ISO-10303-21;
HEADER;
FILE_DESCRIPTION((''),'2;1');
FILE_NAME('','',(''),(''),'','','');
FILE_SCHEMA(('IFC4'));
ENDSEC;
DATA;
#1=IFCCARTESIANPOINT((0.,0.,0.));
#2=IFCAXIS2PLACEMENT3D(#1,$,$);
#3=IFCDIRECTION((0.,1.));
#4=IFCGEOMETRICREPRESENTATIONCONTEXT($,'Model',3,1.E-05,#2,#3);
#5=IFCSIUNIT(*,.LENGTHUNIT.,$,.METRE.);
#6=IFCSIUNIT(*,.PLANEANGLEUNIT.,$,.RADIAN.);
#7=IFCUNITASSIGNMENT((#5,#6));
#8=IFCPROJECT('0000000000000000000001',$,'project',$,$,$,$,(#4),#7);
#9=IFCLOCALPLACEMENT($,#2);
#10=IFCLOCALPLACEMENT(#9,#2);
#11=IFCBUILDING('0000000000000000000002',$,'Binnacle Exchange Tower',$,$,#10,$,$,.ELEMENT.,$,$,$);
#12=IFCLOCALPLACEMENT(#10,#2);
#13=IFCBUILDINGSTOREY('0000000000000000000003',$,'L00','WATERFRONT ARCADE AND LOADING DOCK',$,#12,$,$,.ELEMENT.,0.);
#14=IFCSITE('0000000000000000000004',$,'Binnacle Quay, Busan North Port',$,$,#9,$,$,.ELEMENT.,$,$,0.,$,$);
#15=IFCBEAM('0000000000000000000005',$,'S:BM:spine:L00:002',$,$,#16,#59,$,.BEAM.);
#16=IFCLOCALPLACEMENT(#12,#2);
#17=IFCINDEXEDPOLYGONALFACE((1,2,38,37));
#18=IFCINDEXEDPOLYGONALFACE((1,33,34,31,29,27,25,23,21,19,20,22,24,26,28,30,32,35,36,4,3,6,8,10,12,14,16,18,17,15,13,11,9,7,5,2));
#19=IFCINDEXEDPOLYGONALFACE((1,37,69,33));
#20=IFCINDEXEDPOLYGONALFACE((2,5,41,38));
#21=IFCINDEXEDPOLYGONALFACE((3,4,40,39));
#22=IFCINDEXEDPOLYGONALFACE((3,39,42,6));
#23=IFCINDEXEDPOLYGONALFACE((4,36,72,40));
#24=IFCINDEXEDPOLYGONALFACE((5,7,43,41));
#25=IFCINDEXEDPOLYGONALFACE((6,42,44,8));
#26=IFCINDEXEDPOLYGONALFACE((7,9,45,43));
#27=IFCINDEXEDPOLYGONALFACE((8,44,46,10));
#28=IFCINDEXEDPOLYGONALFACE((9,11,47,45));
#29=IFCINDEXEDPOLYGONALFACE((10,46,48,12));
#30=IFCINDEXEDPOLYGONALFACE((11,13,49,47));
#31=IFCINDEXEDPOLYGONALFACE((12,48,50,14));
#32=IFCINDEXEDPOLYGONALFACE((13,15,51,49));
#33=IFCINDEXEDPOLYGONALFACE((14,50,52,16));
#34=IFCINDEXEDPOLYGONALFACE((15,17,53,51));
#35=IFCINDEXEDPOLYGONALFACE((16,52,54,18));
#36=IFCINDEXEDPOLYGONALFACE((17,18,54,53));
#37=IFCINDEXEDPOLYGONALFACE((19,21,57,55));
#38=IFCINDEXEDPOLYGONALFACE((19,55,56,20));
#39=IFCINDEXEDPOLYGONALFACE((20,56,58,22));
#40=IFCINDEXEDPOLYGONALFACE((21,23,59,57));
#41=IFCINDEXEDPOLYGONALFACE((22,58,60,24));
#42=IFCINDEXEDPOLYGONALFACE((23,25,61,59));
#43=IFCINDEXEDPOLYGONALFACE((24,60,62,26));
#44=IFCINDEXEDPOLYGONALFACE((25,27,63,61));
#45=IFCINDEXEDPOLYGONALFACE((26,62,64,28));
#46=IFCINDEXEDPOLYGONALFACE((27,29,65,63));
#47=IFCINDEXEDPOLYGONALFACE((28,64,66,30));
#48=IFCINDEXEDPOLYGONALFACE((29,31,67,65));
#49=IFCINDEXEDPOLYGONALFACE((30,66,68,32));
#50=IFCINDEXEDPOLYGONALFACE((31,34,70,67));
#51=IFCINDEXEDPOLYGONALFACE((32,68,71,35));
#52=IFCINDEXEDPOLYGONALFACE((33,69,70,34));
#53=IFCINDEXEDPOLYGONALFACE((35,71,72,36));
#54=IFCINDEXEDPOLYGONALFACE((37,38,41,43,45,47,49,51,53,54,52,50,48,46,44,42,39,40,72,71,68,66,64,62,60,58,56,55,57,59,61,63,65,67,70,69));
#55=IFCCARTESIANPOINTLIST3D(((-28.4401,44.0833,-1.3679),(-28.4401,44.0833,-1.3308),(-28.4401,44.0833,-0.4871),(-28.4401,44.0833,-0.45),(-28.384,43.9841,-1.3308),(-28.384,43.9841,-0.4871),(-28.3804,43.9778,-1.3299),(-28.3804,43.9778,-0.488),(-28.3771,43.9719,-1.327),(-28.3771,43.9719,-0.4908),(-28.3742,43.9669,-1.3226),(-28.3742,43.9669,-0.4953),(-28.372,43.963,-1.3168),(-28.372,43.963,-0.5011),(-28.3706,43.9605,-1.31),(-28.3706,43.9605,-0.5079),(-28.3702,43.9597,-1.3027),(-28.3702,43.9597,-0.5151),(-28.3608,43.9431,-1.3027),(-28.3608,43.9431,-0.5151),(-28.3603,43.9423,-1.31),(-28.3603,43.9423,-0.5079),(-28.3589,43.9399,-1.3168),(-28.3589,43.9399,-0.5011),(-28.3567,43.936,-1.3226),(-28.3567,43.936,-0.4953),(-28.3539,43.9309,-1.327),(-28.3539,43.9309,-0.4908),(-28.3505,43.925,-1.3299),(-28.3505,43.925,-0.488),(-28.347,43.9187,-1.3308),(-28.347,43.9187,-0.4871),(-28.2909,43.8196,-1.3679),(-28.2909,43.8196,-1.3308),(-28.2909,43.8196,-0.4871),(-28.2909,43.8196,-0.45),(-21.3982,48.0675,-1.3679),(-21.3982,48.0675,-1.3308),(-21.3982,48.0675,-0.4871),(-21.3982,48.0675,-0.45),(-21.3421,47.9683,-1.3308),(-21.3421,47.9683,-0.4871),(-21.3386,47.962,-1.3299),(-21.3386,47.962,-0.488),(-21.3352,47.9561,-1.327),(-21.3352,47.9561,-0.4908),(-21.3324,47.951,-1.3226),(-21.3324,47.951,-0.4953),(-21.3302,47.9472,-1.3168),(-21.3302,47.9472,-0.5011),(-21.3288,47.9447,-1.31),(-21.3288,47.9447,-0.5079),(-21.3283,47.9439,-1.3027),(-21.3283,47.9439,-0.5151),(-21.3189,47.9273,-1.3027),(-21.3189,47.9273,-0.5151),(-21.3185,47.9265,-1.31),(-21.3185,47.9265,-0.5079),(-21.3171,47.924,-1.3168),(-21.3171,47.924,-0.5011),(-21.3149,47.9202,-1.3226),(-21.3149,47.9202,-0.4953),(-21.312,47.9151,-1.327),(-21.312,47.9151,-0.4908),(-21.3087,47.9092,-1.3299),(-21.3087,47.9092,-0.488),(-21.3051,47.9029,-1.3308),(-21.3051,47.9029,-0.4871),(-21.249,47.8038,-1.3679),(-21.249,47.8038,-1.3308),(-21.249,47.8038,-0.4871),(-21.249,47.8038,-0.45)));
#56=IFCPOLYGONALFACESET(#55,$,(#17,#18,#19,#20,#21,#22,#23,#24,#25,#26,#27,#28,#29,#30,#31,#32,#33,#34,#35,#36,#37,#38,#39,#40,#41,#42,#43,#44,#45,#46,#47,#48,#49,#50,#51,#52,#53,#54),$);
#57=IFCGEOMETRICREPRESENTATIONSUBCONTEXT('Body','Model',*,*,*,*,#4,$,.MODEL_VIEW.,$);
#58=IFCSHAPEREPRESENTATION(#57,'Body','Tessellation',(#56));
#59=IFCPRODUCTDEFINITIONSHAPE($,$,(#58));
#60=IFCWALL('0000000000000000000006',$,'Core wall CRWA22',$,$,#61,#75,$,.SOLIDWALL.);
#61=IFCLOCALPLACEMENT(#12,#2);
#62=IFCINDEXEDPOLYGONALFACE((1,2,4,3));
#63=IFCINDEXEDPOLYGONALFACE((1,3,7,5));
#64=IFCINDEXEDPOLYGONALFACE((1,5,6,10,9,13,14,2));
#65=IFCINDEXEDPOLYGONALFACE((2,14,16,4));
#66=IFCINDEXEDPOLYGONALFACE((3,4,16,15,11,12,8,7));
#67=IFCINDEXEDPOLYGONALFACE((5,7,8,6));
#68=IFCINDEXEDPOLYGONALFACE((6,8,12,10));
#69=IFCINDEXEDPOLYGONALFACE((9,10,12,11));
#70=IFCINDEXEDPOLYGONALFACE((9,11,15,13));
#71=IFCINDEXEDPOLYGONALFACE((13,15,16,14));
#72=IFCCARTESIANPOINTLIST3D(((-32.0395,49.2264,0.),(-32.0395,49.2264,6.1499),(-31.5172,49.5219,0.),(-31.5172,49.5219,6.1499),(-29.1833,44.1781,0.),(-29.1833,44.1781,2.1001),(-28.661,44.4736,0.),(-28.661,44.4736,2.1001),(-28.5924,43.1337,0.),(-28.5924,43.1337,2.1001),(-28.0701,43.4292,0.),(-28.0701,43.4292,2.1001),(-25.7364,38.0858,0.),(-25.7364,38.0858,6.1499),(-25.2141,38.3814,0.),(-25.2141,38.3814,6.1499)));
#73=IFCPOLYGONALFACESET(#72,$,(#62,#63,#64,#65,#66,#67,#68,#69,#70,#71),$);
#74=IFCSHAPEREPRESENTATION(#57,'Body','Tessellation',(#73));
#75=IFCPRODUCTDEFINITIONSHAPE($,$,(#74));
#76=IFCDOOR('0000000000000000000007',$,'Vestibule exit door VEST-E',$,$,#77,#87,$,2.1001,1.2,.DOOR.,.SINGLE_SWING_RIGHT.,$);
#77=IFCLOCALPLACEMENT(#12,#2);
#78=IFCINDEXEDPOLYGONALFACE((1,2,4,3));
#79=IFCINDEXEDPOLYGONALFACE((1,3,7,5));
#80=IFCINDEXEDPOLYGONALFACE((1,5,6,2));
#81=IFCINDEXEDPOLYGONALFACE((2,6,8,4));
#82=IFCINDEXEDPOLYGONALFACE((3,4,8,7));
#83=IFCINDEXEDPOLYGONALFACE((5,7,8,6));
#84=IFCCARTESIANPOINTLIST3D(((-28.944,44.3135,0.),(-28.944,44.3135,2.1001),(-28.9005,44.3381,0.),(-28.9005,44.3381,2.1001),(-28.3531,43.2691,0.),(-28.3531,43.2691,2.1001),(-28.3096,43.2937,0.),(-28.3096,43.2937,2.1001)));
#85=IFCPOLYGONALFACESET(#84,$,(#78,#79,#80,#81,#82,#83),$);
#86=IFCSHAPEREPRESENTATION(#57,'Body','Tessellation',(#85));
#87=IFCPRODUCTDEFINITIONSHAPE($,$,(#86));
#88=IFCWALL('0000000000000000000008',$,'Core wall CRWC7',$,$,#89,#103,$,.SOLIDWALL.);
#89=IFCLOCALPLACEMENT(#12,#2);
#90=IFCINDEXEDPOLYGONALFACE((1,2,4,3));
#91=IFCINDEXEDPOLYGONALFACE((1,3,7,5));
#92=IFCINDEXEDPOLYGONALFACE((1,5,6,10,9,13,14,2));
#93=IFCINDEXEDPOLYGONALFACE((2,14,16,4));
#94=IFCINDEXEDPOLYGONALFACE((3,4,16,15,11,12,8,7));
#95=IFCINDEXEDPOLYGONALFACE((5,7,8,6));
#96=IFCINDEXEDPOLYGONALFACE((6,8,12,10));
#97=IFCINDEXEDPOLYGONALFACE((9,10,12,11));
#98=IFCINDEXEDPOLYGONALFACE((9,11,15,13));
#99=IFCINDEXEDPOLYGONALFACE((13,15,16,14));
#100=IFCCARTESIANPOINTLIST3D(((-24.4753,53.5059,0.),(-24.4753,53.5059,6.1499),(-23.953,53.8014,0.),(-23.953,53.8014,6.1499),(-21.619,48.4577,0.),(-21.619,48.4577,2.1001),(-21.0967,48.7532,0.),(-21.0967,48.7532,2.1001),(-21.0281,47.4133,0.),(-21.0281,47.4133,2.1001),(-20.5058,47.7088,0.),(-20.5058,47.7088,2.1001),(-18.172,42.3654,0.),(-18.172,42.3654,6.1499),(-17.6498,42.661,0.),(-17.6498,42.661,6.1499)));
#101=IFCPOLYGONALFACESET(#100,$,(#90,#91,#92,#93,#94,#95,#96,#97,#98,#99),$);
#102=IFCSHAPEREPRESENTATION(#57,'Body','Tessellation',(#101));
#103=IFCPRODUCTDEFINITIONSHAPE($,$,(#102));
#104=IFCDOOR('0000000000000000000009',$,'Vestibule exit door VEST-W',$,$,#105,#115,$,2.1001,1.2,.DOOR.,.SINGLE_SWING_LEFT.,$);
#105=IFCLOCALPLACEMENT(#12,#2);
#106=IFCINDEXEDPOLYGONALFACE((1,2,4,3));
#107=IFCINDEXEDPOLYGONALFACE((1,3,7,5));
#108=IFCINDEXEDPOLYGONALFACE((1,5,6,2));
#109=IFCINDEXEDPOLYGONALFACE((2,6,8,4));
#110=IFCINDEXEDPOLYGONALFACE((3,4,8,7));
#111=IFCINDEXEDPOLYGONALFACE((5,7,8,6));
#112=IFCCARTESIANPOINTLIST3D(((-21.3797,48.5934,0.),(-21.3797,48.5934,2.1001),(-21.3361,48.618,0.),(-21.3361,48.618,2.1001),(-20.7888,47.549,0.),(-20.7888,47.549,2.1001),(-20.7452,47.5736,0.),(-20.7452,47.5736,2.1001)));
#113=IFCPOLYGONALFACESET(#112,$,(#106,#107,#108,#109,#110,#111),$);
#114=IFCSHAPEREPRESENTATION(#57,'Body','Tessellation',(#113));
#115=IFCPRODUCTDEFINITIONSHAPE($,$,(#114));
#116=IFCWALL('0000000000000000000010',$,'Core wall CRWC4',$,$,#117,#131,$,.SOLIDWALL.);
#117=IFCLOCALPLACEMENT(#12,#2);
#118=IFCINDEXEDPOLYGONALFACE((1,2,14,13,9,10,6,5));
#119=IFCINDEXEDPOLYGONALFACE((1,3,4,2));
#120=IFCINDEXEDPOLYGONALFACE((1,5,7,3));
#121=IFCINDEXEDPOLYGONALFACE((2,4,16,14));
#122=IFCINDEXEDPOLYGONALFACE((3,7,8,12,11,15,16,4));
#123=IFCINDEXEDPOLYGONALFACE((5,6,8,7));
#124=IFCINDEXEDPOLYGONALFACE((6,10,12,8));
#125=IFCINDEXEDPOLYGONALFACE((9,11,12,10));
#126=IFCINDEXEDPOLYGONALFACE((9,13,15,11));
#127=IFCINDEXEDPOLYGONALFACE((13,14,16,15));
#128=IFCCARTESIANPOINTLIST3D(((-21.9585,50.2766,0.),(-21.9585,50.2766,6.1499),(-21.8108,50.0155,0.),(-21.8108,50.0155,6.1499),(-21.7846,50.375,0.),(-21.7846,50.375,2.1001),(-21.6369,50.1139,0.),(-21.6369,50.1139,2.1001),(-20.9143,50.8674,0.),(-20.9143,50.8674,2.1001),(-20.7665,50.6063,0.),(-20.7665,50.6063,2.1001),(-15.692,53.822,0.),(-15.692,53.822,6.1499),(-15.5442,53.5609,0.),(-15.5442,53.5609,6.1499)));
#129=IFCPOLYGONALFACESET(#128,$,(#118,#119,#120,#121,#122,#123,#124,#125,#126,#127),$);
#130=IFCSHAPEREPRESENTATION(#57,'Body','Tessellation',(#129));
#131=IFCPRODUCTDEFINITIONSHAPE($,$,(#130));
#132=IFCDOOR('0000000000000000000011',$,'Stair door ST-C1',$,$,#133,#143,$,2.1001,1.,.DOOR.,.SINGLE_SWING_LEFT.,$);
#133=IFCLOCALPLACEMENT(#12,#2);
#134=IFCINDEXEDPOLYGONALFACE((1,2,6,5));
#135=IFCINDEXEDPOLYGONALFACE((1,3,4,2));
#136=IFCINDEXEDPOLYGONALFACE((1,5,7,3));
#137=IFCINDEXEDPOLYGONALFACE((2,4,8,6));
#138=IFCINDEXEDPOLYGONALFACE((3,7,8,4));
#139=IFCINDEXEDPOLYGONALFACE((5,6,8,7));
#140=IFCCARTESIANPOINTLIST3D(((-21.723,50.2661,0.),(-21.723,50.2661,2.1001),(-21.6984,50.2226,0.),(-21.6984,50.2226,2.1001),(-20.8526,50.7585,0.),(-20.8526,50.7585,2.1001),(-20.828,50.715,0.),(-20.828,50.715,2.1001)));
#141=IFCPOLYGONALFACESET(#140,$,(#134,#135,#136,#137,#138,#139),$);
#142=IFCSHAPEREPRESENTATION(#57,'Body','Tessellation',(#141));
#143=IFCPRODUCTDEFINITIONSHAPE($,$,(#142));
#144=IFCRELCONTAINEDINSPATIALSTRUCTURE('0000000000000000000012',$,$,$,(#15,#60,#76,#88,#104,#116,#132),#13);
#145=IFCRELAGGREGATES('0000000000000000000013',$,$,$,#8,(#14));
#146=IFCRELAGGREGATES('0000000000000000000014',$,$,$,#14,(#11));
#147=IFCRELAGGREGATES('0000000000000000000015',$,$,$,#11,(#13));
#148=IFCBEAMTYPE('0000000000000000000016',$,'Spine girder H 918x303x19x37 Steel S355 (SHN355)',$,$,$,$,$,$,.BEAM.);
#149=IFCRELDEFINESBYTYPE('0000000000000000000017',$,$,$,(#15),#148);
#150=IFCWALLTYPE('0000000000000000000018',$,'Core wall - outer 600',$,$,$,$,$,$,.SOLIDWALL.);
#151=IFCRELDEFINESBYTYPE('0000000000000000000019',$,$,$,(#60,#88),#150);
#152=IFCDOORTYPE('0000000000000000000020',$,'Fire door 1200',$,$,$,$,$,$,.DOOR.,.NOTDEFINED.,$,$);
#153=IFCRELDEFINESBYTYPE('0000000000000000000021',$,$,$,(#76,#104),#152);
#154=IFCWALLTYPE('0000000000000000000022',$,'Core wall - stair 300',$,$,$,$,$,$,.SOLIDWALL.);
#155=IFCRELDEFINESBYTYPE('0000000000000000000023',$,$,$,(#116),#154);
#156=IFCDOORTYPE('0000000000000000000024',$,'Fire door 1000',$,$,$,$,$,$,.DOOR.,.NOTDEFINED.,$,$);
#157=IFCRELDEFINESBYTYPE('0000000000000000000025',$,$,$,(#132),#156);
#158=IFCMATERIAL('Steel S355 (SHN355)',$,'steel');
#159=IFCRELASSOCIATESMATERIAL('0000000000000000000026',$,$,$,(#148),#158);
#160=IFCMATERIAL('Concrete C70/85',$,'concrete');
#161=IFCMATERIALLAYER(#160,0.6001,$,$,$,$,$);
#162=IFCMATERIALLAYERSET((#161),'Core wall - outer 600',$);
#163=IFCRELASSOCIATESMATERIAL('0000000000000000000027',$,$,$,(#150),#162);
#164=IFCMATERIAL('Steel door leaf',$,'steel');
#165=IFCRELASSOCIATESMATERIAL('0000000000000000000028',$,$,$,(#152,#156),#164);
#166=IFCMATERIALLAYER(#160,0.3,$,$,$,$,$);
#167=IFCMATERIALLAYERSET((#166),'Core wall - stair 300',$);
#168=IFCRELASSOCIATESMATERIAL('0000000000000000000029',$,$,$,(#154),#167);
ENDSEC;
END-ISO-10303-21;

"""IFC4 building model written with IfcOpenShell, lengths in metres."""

from ifc_helpers import new_model, si_unit, direction, frame, frame_2d, origin, origin_2d, place, context, subcontext, project, spatial, rectangle, i_section, extrude, material, layer, layer_set, material_profile, profile_set, type_object, element, fill, save


model = new_model("IFC4")

# Units and contexts
model_context = context("Model", 3, precision=1e-05, world=origin(), true_north=direction((0.0, 1.0)))
body_context = subcontext(model_context, "Body", "Model", "MODEL_VIEW")
ifc_project = project(units=[si_unit("LENGTHUNIT", "METRE"), si_unit("PLANEANGLEUNIT", "RADIAN")], contexts=[model_context])

# Site, building, storey
site_placement = place(None, origin())
site = spatial("IfcSite", under=ifc_project, at=site_placement, Name="Binnacle Quay, Busan North Port", CompositionType="ELEMENT", RefElevation=0.0)
building_placement = place(site_placement, origin())
building = spatial("IfcBuilding", under=site, at=building_placement, Name="Binnacle Exchange Tower", CompositionType="ELEMENT")
storey_placement = place(building_placement, origin())
storey = spatial("IfcBuildingStorey", under=building, at=storey_placement, Name="L00", Description="WATERFRONT ARCADE AND LOADING DOCK", CompositionType="ELEMENT", Elevation=0.0)

# Beam
ifc_material_1 = material(Name="Steel S355 (SHN355)", Category="steel")
ifc_material_profile = material_profile(ifc_material_1, i_section(OverallWidth=0.303, OverallDepth=0.918, WebThickness=0.019, FlangeThickness=0.0371, FilletRadius=0.0281, at=origin_2d()), Name="H 918x303x19x37")
ifc_profile_set = profile_set([ifc_material_profile], Name="Steel S355 (SHN355)")
beam_type = type_object("IfcBeamType", Name="Spine girder H 918x303x19x37 Steel S355 (SHN355)", PredefinedType="BEAM", material=ifc_profile_set)
beam_placement = place(storey_placement, frame((-28.3655, 43.9514, -0.9089), z_axis=(0.87035, 0.492433, 0.0), x_axis=(-0.492433, 0.87035, 0.0)))
element("IfcBeam", 1, at=beam_placement, inside=storey, type_object=beam_type, Name="S:BM:spine:L00:002", PredefinedType="BEAM", context=body_context, shape_type="SweptSolid", body=[
    extrude(i_section(OverallWidth=0.303, OverallDepth=0.918, WebThickness=0.019, FlangeThickness=0.0371, FilletRadius=0.0281, at=origin_2d()), origin(), (0.0, 0.0, 1.0), 8.0908),
])

# Walls, openings, doors
ifc_material_2 = material(Name="Concrete C70/85", Category="concrete")
ifc_layer_1 = layer(ifc_material_2, 0.6001)
ifc_layer_set_1 = layer_set([ifc_layer_1], Name="Core wall - outer 600")
wall_type_1 = type_object("IfcWallType", Name="Core wall - outer 600", PredefinedType="SOLIDWALL", material=ifc_layer_set_1)
wall_1_placement = place(storey_placement, frame((-31.7783, 49.374, 0.0), z_axis=(0.0, 0.0, 1.0), x_axis=(0.492433, -0.87035, 0.0)))
wall_1 = element("IfcWall", 2, at=wall_1_placement, inside=storey, type_object=wall_type_1, Name="Core wall CRWA22", PredefinedType="SOLIDWALL", context=body_context, shape_type="SweptSolid", body=[
    extrude(rectangle(XDim=12.8, YDim=0.6001, at=frame_2d((6.3999, 0.0))), origin(), (0.0, 0.0, 1.0), 6.1499),
])
opening_1_placement = place(wall_1_placement, frame((5.8, 0.0, 0.0)))
opening_1 = element("IfcOpeningElement", 3, at=opening_1_placement, cuts=wall_1, PredefinedType="OPENING", context=body_context, shape_type="SweptSolid", body=[
    extrude(rectangle(XDim=1.2, YDim=2.1001, at=frame_2d((0.6001, 1.05))), frame((0.0, 0.3101, 0.0), z_axis=(0.0, -1.0, 0.0), x_axis=(1.0, 0.0, 0.0)), (0.0, 0.0, 1.0), 0.6201),
])
ifc_material_3 = material(Name="Steel door leaf", Category="steel")
door_type_1 = type_object("IfcDoorType", Name="Fire door 1200", OperationType="NOTDEFINED", PredefinedType="DOOR", material=ifc_material_3)
door_1_placement = place(opening_1_placement, origin())
door_1 = element("IfcDoor", 4, at=door_1_placement, inside=storey, type_object=door_type_1, Name="Vestibule exit door VEST-E", OperationType="SINGLE_SWING_RIGHT", OverallHeight=2.1001, OverallWidth=1.2, PredefinedType="DOOR", context=body_context, shape_type="SweptSolid", body=[
    extrude(rectangle(XDim=1.2, YDim=2.1001, at=frame_2d((0.6001, 1.05))), frame((0.0, 0.0249, 0.0), z_axis=(0.0, -1.0, 0.0), x_axis=(1.0, 0.0, 0.0)), (0.0, 0.0, 1.0), 0.05),
])
fill(opening_1, door_1)
wall_2_placement = place(storey_placement, frame((-24.2141, 53.6536, 0.0), z_axis=(0.0, 0.0, 1.0), x_axis=(0.492441, -0.870346, 0.0)))
wall_2 = element("IfcWall", 5, at=wall_2_placement, inside=storey, type_object=wall_type_1, Name="Core wall CRWC7", PredefinedType="SOLIDWALL", context=body_context, shape_type="SweptSolid", body=[
    extrude(rectangle(XDim=12.8, YDim=0.6001, at=frame_2d((6.3999, 0.0))), origin(), (0.0, 0.0, 1.0), 6.1499),
])
opening_2_placement = place(wall_2_placement, frame((5.8, 0.0, 0.0)))
opening_2 = element("IfcOpeningElement", 6, at=opening_2_placement, cuts=wall_2, PredefinedType="OPENING", context=body_context, shape_type="SweptSolid", body=[
    extrude(rectangle(XDim=1.2, YDim=2.1001, at=frame_2d((0.6001, 1.05))), frame((0.0, 0.3101, 0.0), z_axis=(0.0, -1.0, 0.0), x_axis=(1.0, 0.0, 0.0)), (0.0, 0.0, 1.0), 0.6201),
])
door_2_placement = place(opening_2_placement, frame((1.2, 0.0, 0.0), z_axis=(0.0, 0.0, 1.0), x_axis=(-1.0, 0.0, 0.0)))
door_2 = element("IfcDoor", 7, at=door_2_placement, inside=storey, type_object=door_type_1, Name="Vestibule exit door VEST-W", OperationType="SINGLE_SWING_LEFT", OverallHeight=2.1001, OverallWidth=1.2, PredefinedType="DOOR", context=body_context, shape_type="SweptSolid", body=[
    extrude(rectangle(XDim=1.2, YDim=2.1001, at=frame_2d((0.6001, 1.05))), frame((0.0, 0.0249, 0.0), z_axis=(0.0, -1.0, 0.0), x_axis=(1.0, 0.0, 0.0)), (0.0, 0.0, 1.0), 0.05),
])
fill(opening_2, door_2)
ifc_layer_2 = layer(ifc_material_2, 0.3)
ifc_layer_set_2 = layer_set([ifc_layer_2], Name="Core wall - stair 300")
wall_type_2 = type_object("IfcWallType", Name="Core wall - stair 300", PredefinedType="SOLIDWALL", material=ifc_layer_set_2)
wall_3_placement = place(storey_placement, frame((-21.8848, 50.146, 0.0), z_axis=(0.0, 0.0, 1.0), x_axis=(0.870359, 0.492417, 0.0)))
wall_3 = element("IfcWall", 8, at=wall_3_placement, inside=storey, type_object=wall_type_2, Name="Core wall CRWC4", PredefinedType="SOLIDWALL", context=body_context, shape_type="SweptSolid", body=[
    extrude(rectangle(XDim=7.2, YDim=0.3, at=frame_2d((3.6001, 0.0))), origin(), (0.0, 0.0, 1.0), 6.1499),
])
opening_3_placement = place(wall_3_placement, frame((0.2, 0.0, 0.0)))
opening_3 = element("IfcOpeningElement", 9, at=opening_3_placement, cuts=wall_3, PredefinedType="OPENING", context=body_context, shape_type="SweptSolid", body=[
    extrude(rectangle(XDim=1.0, YDim=2.1001, at=frame_2d((0.5, 1.05))), frame((0.0, 0.1599, 0.0), z_axis=(0.0, -1.0, 0.0), x_axis=(1.0, 0.0, 0.0)), (0.0, 0.0, 1.0), 0.3201),
])
door_type_2 = type_object("IfcDoorType", Name="Fire door 1000", OperationType="NOTDEFINED", PredefinedType="DOOR", material=ifc_material_3)
door_3_placement = place(opening_3_placement, origin())
door_3 = element("IfcDoor", 10, at=door_3_placement, inside=storey, type_object=door_type_2, Name="Stair door ST-C1", OperationType="SINGLE_SWING_LEFT", OverallHeight=2.1001, OverallWidth=1.0, PredefinedType="DOOR", context=body_context, shape_type="SweptSolid", body=[
    extrude(rectangle(XDim=1.0, YDim=2.1001, at=frame_2d((0.5, 1.05))), frame((0.0, 0.0249, 0.0), z_axis=(0.0, -1.0, 0.0), x_axis=(1.0, 0.0, 0.0)), (0.0, 0.0, 1.0), 0.05),
])
fill(opening_3, door_3)

save(model, "model.ifc")
